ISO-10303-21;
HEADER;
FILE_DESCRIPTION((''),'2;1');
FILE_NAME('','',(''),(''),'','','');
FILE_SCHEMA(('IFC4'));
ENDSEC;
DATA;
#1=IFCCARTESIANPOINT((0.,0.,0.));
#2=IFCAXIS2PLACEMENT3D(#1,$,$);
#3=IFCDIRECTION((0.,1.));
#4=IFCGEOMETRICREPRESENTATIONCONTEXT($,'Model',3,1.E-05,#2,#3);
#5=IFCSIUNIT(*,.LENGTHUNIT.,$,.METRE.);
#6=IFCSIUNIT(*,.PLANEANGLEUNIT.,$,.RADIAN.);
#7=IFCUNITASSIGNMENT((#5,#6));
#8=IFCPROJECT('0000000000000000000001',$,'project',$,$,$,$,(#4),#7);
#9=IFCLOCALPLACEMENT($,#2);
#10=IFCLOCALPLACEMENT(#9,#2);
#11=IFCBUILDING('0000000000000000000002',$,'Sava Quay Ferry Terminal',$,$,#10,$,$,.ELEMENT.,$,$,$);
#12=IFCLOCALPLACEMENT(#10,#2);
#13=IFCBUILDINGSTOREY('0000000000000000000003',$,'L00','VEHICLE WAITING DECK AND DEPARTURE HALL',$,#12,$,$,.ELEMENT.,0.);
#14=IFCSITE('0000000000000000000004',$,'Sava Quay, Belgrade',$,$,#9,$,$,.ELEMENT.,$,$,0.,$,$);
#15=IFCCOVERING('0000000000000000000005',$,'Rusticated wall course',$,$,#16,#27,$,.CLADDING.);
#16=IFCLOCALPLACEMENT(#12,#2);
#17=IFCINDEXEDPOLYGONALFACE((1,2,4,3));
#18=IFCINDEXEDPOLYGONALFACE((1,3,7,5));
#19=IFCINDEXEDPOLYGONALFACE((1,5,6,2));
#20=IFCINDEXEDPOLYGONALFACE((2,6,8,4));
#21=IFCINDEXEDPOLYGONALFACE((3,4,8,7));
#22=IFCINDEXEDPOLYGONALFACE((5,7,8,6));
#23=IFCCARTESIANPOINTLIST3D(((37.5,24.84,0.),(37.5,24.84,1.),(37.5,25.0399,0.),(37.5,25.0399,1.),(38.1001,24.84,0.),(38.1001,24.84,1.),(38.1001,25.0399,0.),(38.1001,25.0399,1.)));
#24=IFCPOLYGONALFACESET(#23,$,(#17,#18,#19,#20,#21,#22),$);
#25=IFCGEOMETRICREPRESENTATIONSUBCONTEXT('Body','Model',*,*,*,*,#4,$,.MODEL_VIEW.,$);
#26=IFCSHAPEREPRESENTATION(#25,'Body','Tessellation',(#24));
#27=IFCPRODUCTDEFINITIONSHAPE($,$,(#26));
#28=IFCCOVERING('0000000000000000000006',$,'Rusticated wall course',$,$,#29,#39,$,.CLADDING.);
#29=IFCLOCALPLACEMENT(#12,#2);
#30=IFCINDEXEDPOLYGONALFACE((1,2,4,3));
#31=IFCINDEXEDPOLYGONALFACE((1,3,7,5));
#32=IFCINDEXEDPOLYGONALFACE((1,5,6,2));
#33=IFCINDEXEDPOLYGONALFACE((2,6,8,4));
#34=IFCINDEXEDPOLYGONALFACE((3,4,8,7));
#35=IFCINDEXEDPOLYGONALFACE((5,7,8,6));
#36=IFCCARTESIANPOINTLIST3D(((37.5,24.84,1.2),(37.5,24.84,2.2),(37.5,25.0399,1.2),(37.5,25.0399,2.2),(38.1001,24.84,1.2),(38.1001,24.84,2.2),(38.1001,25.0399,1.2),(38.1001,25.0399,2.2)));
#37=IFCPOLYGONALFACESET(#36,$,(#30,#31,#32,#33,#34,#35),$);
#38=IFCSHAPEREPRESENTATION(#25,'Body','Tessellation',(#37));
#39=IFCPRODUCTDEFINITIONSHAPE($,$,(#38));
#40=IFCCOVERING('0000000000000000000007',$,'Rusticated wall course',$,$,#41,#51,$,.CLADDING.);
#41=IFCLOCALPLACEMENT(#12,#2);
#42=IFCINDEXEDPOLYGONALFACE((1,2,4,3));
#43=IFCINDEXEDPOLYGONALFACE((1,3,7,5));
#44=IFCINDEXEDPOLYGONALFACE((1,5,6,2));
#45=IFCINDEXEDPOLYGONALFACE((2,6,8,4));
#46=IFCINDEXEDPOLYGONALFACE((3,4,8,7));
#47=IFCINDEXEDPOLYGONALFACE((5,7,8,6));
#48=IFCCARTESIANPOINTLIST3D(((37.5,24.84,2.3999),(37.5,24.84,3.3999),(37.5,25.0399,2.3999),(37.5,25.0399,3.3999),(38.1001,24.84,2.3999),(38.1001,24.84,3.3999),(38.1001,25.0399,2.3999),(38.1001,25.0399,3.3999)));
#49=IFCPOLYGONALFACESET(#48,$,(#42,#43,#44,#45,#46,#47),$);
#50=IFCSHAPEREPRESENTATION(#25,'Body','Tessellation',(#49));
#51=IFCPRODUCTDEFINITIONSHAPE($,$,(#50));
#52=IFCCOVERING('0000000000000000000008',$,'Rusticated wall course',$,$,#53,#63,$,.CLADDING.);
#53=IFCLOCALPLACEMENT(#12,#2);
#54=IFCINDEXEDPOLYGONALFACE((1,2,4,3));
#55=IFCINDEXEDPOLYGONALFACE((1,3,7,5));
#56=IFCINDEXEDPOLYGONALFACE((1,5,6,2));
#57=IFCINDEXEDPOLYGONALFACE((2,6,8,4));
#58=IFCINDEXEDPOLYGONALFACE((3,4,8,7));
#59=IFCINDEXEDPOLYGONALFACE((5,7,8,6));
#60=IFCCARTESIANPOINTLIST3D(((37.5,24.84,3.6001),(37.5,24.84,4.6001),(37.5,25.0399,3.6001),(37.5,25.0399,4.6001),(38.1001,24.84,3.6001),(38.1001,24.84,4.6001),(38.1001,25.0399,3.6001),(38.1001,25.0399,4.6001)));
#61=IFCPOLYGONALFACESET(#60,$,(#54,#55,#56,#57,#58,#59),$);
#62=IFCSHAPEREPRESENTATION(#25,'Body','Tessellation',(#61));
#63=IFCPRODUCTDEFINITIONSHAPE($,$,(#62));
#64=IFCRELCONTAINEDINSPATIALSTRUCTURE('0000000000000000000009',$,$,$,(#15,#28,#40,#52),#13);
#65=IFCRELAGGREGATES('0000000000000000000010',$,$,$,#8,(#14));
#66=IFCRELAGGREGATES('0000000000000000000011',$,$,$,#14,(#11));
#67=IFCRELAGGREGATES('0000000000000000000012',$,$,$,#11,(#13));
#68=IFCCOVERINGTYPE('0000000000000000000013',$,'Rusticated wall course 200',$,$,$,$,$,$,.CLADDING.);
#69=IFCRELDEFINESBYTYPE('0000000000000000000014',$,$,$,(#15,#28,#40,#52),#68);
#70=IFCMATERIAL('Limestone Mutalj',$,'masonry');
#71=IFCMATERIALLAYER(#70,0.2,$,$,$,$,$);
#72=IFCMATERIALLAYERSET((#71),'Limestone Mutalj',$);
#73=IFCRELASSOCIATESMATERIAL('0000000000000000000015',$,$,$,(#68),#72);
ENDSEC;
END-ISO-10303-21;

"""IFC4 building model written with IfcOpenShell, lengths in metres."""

from ifc_helpers import new_model, si_unit, direction, frame, origin, origin_2d, place, context, subcontext, project, spatial, rectangle, extrude, material, layer, layer_set, type_object, element, save


model = new_model("IFC4")

# Units and contexts
model_context = context("Model", 3, precision=1e-05, world=origin(), true_north=direction((0.0, 1.0)))
body_context = subcontext(model_context, "Body", "Model", "MODEL_VIEW")
ifc_project = project(units=[si_unit("LENGTHUNIT", "METRE"), si_unit("PLANEANGLEUNIT", "RADIAN")], contexts=[model_context])

# Site, building, storey
site_placement = place(None, origin())
site = spatial("IfcSite", under=ifc_project, at=site_placement, Name="Sava Quay, Belgrade", CompositionType="ELEMENT", RefElevation=0.0)
building_placement = place(site_placement, origin())
building = spatial("IfcBuilding", under=site, at=building_placement, Name="Sava Quay Ferry Terminal", CompositionType="ELEMENT")
storey_placement = place(building_placement, origin())
storey = spatial("IfcBuildingStorey", under=building, at=storey_placement, Name="L00", Description="VEHICLE WAITING DECK AND DEPARTURE HALL", CompositionType="ELEMENT", Elevation=0.0)

# Coverings
ifc_material_1 = material(Name="Limestone Mutalj", Category="masonry")
ifc_layer_1 = layer(ifc_material_1, 0.2)
ifc_layer_set_1 = layer_set([ifc_layer_1], Name="Limestone Mutalj")
covering_type_1 = type_object("IfcCoveringType", Name="Rusticated wall course 200", PredefinedType="CLADDING", material=ifc_layer_set_1)
for number, where, z_axis, x_axis, name in (
    (1, (37.8, 24.9399, 0.0), (0.0, 0.0, 1.0), (1.0, 0.0, 0.0), "Rusticated wall course"),
    (2, (37.8, 24.9399, 1.2), (0.0, 0.0, 1.0), (1.0, 0.0, 0.0), "Rusticated wall course"),
    (3, (37.8, 24.9399, 2.3999), (0.0, 0.0, 1.0), (1.0, 0.0, 0.0), "Rusticated wall course"),
    (4, (37.8, 24.9399, 3.6001), (0.0, 0.0, 1.0), (1.0, 0.0, 0.0), "Rusticated wall course"),
):
    element("IfcCovering", number, at=place(storey_placement, frame(where, z_axis=z_axis, x_axis=x_axis)), inside=storey, type_object=covering_type_1, Name=name, PredefinedType="CLADDING", context=body_context, shape_type="SweptSolid", body=[
        extrude(rectangle(XDim=0.6001, YDim=0.2, at=origin_2d()), origin(), (0.0, 0.0, 1.0), 1.0),
    ])

save(model, "model.ifc")
